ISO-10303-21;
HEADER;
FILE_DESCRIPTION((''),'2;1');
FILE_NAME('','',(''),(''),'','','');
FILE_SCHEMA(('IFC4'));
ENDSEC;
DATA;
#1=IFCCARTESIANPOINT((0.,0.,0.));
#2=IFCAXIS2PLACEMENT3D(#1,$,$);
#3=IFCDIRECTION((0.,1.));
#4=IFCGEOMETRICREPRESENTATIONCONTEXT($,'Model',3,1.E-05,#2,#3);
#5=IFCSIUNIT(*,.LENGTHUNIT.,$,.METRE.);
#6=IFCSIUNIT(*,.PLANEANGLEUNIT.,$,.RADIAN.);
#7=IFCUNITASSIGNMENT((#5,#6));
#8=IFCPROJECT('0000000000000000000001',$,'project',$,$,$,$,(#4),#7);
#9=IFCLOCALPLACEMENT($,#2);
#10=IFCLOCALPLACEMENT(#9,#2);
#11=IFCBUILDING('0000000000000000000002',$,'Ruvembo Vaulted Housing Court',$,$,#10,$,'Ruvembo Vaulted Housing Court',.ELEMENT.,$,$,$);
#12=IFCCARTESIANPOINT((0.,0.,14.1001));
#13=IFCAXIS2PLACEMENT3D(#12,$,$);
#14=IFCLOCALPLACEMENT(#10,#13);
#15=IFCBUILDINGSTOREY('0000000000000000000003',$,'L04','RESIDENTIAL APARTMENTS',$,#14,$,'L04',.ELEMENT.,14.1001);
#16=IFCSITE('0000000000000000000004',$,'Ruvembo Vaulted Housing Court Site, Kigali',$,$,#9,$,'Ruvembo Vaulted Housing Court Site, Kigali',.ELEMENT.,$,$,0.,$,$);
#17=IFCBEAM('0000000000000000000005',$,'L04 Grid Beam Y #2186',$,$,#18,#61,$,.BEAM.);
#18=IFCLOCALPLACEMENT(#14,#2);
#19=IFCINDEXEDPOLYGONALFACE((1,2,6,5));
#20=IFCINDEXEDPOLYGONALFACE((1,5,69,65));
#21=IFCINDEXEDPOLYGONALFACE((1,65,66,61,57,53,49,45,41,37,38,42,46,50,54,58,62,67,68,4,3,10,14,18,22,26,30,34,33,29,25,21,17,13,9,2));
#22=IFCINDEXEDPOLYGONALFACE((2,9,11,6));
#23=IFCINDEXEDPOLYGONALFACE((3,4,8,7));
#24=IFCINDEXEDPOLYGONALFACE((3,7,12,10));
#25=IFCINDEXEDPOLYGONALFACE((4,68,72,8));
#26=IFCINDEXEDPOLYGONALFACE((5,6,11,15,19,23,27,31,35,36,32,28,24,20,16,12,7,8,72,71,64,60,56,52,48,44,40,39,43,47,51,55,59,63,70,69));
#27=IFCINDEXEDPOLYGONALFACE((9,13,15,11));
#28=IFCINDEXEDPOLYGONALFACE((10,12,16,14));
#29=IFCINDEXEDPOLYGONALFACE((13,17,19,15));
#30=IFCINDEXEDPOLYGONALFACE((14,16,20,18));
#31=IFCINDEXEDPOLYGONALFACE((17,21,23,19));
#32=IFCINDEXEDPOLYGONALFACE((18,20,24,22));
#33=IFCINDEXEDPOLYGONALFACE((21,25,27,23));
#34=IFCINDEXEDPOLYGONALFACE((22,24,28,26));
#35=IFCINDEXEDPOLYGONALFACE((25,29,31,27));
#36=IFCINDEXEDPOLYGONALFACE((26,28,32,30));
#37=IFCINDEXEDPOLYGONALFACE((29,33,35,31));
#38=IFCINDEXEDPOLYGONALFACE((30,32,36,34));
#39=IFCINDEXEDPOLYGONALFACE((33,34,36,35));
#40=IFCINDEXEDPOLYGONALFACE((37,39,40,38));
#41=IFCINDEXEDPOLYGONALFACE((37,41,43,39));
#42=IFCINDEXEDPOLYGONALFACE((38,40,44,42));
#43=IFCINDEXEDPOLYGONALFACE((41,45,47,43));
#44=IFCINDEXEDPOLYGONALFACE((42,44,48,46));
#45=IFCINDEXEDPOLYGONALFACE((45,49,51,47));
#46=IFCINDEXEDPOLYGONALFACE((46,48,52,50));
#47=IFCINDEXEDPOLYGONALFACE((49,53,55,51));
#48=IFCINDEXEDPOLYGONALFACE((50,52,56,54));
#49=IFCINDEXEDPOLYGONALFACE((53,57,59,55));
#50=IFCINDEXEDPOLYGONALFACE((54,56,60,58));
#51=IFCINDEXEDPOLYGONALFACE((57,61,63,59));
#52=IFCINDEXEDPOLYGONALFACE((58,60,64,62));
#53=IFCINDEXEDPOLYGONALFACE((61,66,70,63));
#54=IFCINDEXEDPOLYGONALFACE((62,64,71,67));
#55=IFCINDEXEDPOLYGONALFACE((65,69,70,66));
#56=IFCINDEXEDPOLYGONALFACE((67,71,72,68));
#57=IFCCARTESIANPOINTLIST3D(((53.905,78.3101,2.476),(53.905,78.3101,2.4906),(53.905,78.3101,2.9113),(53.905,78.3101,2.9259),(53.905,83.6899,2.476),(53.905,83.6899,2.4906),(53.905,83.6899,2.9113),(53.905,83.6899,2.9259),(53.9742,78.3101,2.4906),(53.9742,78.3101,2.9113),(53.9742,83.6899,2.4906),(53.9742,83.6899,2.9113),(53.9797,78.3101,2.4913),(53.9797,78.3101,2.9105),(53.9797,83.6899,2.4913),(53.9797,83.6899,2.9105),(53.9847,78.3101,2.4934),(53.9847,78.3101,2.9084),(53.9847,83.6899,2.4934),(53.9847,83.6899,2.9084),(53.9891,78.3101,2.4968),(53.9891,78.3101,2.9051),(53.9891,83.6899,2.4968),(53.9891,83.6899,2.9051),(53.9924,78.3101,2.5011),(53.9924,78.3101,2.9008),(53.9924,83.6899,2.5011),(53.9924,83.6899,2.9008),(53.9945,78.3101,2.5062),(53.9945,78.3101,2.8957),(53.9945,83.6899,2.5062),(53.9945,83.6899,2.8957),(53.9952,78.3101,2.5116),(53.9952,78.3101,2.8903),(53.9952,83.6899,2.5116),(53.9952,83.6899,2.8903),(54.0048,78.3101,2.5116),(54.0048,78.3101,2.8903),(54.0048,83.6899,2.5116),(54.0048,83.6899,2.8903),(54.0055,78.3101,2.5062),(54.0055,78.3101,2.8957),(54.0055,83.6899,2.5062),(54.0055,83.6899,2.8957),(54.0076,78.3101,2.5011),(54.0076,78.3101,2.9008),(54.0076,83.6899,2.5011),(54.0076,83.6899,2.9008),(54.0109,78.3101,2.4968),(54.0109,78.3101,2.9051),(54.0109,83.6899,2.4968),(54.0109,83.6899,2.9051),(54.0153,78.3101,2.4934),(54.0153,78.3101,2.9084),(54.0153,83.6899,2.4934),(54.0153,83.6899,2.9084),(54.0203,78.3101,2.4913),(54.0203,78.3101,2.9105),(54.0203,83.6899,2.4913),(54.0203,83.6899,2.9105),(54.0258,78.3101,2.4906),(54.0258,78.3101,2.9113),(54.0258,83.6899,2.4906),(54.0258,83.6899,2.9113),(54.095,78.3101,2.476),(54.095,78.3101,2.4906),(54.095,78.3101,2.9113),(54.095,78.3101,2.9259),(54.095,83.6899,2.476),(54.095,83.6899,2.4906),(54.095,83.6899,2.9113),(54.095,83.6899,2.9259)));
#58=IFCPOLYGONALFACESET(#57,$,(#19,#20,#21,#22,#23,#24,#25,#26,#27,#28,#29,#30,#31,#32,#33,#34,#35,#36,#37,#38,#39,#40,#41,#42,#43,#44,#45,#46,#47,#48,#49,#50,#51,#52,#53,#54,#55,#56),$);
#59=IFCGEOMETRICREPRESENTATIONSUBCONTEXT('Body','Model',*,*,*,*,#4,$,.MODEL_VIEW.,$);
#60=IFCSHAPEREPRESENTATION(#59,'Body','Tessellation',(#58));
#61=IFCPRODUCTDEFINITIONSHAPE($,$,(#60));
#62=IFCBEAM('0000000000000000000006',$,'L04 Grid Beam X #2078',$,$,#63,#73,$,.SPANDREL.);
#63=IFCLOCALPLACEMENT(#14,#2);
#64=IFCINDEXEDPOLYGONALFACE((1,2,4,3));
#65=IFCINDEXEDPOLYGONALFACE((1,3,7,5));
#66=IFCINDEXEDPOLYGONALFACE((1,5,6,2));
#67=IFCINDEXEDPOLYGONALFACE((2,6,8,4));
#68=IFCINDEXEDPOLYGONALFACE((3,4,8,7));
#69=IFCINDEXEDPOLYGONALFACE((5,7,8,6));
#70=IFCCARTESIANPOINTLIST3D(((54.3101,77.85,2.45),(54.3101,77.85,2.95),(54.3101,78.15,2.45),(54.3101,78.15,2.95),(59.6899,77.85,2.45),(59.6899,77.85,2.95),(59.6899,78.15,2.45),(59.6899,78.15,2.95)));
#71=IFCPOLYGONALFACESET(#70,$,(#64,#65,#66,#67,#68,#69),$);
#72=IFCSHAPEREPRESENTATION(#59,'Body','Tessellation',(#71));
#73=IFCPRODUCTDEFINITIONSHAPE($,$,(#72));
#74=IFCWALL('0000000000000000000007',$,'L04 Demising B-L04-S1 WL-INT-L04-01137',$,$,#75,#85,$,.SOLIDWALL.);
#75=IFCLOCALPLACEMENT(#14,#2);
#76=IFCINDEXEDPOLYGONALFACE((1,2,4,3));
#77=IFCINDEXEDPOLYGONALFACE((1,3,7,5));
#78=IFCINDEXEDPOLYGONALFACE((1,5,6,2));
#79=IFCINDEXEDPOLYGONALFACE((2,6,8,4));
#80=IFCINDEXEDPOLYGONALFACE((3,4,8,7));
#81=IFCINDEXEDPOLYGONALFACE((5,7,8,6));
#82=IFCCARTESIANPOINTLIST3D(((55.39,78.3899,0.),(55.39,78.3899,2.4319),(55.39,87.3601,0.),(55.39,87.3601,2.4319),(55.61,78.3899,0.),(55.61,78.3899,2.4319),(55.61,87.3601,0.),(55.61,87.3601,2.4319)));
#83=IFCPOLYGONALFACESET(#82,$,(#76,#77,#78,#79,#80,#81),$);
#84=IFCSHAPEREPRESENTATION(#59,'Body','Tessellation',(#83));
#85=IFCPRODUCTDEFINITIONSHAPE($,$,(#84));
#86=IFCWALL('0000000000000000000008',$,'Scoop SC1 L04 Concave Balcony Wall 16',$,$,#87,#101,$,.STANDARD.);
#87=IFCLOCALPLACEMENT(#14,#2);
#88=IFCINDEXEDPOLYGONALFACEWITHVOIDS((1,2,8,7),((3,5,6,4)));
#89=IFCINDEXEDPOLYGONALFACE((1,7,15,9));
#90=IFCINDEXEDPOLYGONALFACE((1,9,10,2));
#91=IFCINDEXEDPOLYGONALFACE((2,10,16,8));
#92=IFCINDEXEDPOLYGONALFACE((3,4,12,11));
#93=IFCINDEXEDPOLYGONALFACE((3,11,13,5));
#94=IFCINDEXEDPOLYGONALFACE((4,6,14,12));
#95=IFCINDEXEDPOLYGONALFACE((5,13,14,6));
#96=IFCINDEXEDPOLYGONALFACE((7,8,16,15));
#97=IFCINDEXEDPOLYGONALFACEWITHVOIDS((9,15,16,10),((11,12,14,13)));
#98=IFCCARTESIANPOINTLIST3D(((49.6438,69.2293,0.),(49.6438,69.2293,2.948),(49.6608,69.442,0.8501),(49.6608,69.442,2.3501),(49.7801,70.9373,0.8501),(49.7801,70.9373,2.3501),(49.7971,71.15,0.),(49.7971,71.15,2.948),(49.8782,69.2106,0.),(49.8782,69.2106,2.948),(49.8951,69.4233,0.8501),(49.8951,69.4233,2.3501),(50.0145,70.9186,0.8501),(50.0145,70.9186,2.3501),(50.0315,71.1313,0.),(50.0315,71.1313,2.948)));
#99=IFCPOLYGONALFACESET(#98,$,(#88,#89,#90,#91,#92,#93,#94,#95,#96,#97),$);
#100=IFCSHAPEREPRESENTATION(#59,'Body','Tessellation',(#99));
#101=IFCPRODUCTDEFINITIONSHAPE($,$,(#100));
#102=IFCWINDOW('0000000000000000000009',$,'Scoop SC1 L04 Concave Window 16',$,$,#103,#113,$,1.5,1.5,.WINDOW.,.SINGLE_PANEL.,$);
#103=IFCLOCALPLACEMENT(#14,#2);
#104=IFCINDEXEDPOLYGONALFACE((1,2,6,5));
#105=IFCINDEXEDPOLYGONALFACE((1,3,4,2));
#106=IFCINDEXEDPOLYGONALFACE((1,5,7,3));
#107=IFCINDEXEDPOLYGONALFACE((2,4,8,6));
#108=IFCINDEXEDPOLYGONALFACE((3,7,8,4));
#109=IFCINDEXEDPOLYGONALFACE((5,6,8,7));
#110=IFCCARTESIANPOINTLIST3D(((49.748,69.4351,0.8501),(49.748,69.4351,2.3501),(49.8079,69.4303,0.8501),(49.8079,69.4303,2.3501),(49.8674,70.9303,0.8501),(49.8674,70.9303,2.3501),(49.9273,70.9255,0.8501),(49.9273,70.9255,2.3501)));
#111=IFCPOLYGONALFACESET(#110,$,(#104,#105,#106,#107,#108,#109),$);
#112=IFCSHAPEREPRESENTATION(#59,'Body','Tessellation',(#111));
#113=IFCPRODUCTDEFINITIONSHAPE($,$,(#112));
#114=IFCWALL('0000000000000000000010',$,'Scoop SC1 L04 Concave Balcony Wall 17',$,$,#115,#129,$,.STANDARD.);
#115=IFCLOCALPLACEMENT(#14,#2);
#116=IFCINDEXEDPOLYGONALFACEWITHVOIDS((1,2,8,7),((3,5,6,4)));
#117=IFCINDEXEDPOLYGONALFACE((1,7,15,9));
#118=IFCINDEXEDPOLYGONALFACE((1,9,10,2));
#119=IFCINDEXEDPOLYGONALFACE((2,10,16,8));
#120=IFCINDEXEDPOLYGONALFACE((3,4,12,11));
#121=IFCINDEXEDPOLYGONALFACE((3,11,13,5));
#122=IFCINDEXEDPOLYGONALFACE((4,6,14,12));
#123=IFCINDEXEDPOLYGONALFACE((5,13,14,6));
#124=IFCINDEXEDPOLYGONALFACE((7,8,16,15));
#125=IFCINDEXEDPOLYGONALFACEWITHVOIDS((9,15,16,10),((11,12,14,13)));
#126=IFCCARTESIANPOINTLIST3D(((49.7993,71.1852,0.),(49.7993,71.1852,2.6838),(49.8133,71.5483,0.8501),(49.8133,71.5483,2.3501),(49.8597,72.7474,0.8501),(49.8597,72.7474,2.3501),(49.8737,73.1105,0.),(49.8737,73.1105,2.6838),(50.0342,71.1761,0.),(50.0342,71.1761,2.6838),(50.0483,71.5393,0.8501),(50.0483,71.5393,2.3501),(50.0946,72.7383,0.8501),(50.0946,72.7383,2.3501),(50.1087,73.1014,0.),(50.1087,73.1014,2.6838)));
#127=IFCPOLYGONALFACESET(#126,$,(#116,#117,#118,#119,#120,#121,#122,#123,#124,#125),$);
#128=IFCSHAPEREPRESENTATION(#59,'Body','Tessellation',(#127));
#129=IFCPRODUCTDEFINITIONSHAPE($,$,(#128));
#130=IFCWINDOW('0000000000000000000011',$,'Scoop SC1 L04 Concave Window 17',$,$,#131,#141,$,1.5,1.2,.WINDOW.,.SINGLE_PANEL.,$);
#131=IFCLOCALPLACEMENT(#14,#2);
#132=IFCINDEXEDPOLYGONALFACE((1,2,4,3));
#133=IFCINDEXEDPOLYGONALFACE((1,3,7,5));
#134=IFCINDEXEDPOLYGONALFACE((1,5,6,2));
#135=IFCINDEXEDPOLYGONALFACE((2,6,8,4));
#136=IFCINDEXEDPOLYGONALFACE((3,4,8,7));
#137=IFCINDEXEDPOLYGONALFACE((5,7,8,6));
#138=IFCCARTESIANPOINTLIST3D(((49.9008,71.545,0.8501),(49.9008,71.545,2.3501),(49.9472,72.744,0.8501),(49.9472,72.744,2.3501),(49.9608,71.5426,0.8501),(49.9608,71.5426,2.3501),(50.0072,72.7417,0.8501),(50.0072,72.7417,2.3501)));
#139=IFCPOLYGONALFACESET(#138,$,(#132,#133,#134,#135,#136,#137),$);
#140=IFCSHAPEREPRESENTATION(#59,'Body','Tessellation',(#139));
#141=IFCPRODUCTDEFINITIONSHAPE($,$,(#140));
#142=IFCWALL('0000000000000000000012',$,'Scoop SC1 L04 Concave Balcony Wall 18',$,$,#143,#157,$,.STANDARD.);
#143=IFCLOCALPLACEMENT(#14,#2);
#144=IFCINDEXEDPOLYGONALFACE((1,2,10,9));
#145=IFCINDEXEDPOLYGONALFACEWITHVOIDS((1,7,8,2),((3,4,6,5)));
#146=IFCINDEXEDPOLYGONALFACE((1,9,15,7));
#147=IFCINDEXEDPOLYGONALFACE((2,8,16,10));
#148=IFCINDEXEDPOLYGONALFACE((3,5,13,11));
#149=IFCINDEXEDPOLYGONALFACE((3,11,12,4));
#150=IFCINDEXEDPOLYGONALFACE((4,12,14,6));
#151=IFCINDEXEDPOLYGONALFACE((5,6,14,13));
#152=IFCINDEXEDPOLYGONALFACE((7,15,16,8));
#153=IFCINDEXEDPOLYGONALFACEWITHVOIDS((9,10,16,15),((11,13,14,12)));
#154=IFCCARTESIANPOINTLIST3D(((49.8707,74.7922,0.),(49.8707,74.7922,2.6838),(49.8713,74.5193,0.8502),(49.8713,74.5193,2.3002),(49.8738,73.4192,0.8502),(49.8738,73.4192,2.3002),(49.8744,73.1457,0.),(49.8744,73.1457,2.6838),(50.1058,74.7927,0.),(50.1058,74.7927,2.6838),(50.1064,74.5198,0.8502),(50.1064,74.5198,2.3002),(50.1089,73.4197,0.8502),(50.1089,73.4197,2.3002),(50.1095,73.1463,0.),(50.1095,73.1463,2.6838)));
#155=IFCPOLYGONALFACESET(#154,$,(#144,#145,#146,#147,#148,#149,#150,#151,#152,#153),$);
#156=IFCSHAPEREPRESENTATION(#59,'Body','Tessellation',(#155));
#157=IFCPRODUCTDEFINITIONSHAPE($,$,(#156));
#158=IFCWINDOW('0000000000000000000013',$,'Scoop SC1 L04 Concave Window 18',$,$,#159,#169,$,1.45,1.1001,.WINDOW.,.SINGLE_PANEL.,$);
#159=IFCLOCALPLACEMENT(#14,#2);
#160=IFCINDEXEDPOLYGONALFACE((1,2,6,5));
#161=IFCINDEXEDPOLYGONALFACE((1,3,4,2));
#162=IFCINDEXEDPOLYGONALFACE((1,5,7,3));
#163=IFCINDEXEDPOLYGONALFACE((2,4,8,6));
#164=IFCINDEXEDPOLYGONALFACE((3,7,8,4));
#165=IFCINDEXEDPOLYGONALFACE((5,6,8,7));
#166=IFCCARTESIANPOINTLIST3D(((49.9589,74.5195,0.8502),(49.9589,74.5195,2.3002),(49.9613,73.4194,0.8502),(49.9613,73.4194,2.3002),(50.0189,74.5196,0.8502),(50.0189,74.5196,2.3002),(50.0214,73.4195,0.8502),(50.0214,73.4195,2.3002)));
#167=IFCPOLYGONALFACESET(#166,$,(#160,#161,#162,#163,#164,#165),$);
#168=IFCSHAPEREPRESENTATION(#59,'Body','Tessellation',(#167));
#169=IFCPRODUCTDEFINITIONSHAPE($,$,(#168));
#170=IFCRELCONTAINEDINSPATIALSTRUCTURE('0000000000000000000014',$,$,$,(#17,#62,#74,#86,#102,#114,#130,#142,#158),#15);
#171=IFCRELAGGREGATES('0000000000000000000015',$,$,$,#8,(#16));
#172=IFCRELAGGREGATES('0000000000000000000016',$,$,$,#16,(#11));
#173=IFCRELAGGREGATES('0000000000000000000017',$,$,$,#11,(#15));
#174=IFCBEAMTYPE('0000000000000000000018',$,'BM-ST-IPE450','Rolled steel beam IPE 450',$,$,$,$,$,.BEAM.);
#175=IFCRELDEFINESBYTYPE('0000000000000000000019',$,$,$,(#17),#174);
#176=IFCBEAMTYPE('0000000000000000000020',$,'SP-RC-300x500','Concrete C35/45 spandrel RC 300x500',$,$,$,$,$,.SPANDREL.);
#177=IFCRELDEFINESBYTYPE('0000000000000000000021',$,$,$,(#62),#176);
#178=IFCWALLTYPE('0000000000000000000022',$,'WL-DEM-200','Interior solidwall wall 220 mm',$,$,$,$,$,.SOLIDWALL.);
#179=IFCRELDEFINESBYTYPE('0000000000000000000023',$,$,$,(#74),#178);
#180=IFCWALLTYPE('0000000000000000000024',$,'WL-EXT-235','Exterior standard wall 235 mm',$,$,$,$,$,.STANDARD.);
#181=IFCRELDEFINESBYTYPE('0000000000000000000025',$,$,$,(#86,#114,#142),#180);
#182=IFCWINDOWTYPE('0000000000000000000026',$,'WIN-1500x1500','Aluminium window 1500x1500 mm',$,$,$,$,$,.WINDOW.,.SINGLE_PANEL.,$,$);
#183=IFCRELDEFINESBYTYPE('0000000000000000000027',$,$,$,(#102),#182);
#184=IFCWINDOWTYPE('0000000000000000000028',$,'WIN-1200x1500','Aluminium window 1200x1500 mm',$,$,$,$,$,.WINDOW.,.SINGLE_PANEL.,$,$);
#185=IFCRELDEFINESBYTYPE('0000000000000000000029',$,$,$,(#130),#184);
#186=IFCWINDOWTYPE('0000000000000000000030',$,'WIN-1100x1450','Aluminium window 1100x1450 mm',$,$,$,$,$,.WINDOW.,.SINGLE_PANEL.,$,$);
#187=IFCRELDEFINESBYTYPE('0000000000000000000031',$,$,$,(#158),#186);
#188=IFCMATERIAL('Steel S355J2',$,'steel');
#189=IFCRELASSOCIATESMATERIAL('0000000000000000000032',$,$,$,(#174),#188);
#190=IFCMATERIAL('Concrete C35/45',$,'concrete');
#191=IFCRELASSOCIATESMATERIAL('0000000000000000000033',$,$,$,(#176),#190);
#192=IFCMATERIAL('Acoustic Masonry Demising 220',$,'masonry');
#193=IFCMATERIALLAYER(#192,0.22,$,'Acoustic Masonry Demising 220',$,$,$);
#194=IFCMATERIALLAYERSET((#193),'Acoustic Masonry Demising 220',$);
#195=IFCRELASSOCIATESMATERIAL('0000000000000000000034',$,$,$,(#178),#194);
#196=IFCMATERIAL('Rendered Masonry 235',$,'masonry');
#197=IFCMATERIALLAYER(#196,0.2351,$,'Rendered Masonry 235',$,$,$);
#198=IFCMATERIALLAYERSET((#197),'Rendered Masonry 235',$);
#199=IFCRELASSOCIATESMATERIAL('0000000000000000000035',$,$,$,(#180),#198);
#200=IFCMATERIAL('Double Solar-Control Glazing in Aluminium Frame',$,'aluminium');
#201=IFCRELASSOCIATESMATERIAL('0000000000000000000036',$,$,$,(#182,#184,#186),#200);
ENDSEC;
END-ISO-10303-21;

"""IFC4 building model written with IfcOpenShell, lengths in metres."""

from ifc_helpers import new_model, si_unit, direction, frame, frame_2d, origin, origin_2d, place, context, subcontext, project, spatial, rectangle, i_section, extrude, material, layer, layer_set, material_profile, profile_set, type_object, element, fill, save


model = new_model("IFC4")

# Units and contexts
model_context = context("Model", 3, precision=1e-05, world=origin(), true_north=direction((0.0, 1.0)))
body_context = subcontext(model_context, "Body", "Model", "MODEL_VIEW")
ifc_project = project(units=[si_unit("LENGTHUNIT", "METRE"), si_unit("PLANEANGLEUNIT", "RADIAN")], contexts=[model_context])

# Site, building, storey
site_placement = place(None, origin())
site = spatial("IfcSite", under=ifc_project, at=site_placement, Name="Ruvembo Vaulted Housing Court Site, Kigali", LongName="Ruvembo Vaulted Housing Court Site, Kigali", CompositionType="ELEMENT", RefElevation=0.0)
building_placement = place(site_placement, origin())
building = spatial("IfcBuilding", under=site, at=building_placement, Name="Ruvembo Vaulted Housing Court", LongName="Ruvembo Vaulted Housing Court", CompositionType="ELEMENT")
storey_placement = place(building_placement, frame((0.0, 0.0, 14.1001)))
storey = spatial("IfcBuildingStorey", under=building, at=storey_placement, Name="L04", Description="RESIDENTIAL APARTMENTS", LongName="L04", CompositionType="ELEMENT", Elevation=14.1001)

# Shared definitions
ifc_material_1 = material(Name="Concrete C35/45", Category="concrete")

# Beams
ifc_material_2 = material(Name="Steel S355J2", Category="steel")
ifc_material_profile_1 = material_profile(ifc_material_2, i_section(OverallWidth=0.1899, OverallDepth=0.45, WebThickness=0.0095, FlangeThickness=0.0146, FilletRadius=0.021, at=origin_2d()), Name="IPE 450")
ifc_profile_set_1 = profile_set([ifc_material_profile_1], Name="Steel S355J2")
beam_type_1 = type_object("IfcBeamType", Name="BM-ST-IPE450", Description="Rolled steel beam IPE 450", PredefinedType="BEAM", material=ifc_profile_set_1)
beam_1_placement = place(storey_placement, frame((54.0, 78.3101, 2.7009), z_axis=(0.0, 1.0, 0.0), x_axis=(-1.0, 0.0, 0.0)))
element("IfcBeam", 1, at=beam_1_placement, inside=storey, type_object=beam_type_1, Name="L04 Grid Beam Y #2186", PredefinedType="BEAM", context=body_context, shape_type="SweptSolid", body=[
    extrude(i_section(OverallWidth=0.1899, OverallDepth=0.45, WebThickness=0.0095, FlangeThickness=0.0146, FilletRadius=0.021, at=origin_2d()), origin(), (0.0, 0.0, 1.0), 5.3799),
])
ifc_material_profile_2 = material_profile(ifc_material_1, rectangle(XDim=0.3, YDim=0.5, at=origin_2d()), Name="RC 300x500")
ifc_profile_set_2 = profile_set([ifc_material_profile_2], Name="Concrete C35/45")
beam_type_2 = type_object("IfcBeamType", Name="SP-RC-300x500", Description="Concrete C35/45 spandrel RC 300x500", PredefinedType="SPANDREL", material=ifc_profile_set_2)
beam_2_placement = place(storey_placement, frame((54.3101, 78.0, 2.7), z_axis=(1.0, 0.0, 0.0), x_axis=(0.0, 1.0, 0.0)))
element("IfcBeam", 2, at=beam_2_placement, inside=storey, type_object=beam_type_2, Name="L04 Grid Beam X #2078", PredefinedType="SPANDREL", context=body_context, shape_type="SweptSolid", body=[
    extrude(rectangle(XDim=0.3, YDim=0.5, at=origin_2d()), origin(), (0.0, 0.0, 1.0), 5.3799),
])

# Wall
ifc_material_3 = material(Name="Acoustic Masonry Demising 220", Category="masonry")
ifc_layer_1 = layer(ifc_material_3, 0.22, Name="Acoustic Masonry Demising 220")
ifc_layer_set_1 = layer_set([ifc_layer_1], Name="Acoustic Masonry Demising 220")
wall_type_1 = type_object("IfcWallType", Name="WL-DEM-200", Description="Interior solidwall wall 220 mm", PredefinedType="SOLIDWALL", material=ifc_layer_set_1)
wall_1_placement = place(storey_placement, frame((55.5, 78.3899, 0.0), z_axis=(0.0, 0.0, 1.0), x_axis=(0.0, 1.0, 0.0)))
element("IfcWall", 3, at=wall_1_placement, inside=storey, type_object=wall_type_1, Name="L04 Demising B-L04-S1 WL-INT-L04-01137", PredefinedType="SOLIDWALL", context=body_context, shape_type="SweptSolid", body=[
    extrude(rectangle(XDim=8.9702, YDim=0.22, at=frame_2d((4.4851, 0.0))), origin(), (0.0, 0.0, 1.0), 2.4319),
])

# Shared definitions
ifc_material_4 = material(Name="Rendered Masonry 235", Category="masonry")
ifc_layer_2 = layer(ifc_material_4, 0.2351, Name="Rendered Masonry 235")
ifc_layer_set_2 = layer_set([ifc_layer_2], Name="Rendered Masonry 235")
wall_type_2 = type_object("IfcWallType", Name="WL-EXT-235", Description="Exterior standard wall 235 mm", PredefinedType="STANDARD", material=ifc_layer_set_2)

# Walls, openings, windows
wall_2_placement = place(storey_placement, frame((49.761, 69.22, 0.0), z_axis=(0.0, 0.0, 1.0), x_axis=(0.079574, 0.996829, 0.0)))
wall_2 = element("IfcWall", 4, at=wall_2_placement, inside=storey, type_object=wall_type_2, Name="Scoop SC1 L04 Concave Balcony Wall 16", PredefinedType="STANDARD", context=body_context, shape_type="SweptSolid", body=[
    extrude(rectangle(XDim=1.9268, YDim=0.2351, at=frame_2d((0.9634, 0.0))), origin(), (0.0, 0.0, 1.0), 2.948),
])
opening_1_placement = place(wall_2_placement, frame((0.2134, 0.0, 0.8501)))
opening_1 = element("IfcOpeningElement", 5, at=opening_1_placement, cuts=wall_2, PredefinedType="OPENING", context=body_context, shape_type="SweptSolid", body=[
    extrude(rectangle(XDim=1.5, YDim=1.5, at=frame_2d((0.75, 0.75))), frame((0.0, 0.1274, 0.0), z_axis=(0.0, -1.0, 0.0), x_axis=(1.0, 0.0, 0.0)), (0.0, 0.0, 1.0), 0.2551),
])
ifc_material_5 = material(Name="Double Solar-Control Glazing in Aluminium Frame", Category="aluminium")
window_type_1 = type_object("IfcWindowType", Name="WIN-1500x1500", Description="Aluminium window 1500x1500 mm", PartitioningType="SINGLE_PANEL", PredefinedType="WINDOW", material=ifc_material_5)
window_1_placement = place(opening_1_placement, origin())
window_1 = element("IfcWindow", 6, at=window_1_placement, inside=storey, type_object=window_type_1, Name="Scoop SC1 L04 Concave Window 16", OverallHeight=1.5, OverallWidth=1.5, PartitioningType="SINGLE_PANEL", PredefinedType="WINDOW", context=body_context, shape_type="SweptSolid", body=[
    extrude(rectangle(XDim=1.5, YDim=1.5, at=frame_2d((0.75, 0.75))), frame((0.0, 0.03, 0.0), z_axis=(0.0, -1.0, 0.0), x_axis=(1.0, 0.0, 0.0)), (0.0, 0.0, 1.0), 0.0601),
])
fill(opening_1, window_1)
wall_3_placement = place(storey_placement, frame((49.9167, 71.1807, 0.0), z_axis=(0.0, 0.0, 1.0), x_axis=(0.038647, 0.999253, 0.0)))
wall_3 = element("IfcWall", 7, at=wall_3_placement, inside=storey, type_object=wall_type_2, Name="Scoop SC1 L04 Concave Balcony Wall 17", PredefinedType="STANDARD", context=body_context, shape_type="SweptSolid", body=[
    extrude(rectangle(XDim=1.9268, YDim=0.2351, at=frame_2d((0.9634, 0.0))), origin(), (0.0, 0.0, 1.0), 2.6838),
])
opening_2_placement = place(wall_3_placement, frame((0.3633, 0.0, 0.8501)))
opening_2 = element("IfcOpeningElement", 8, at=opening_2_placement, cuts=wall_3, PredefinedType="OPENING", context=body_context, shape_type="SweptSolid", body=[
    extrude(rectangle(XDim=1.2, YDim=1.5, at=frame_2d((0.6001, 0.75))), frame((0.0, 0.1274, 0.0), z_axis=(0.0, -1.0, 0.0), x_axis=(1.0, 0.0, 0.0)), (0.0, 0.0, 1.0), 0.2551),
])
window_type_2 = type_object("IfcWindowType", Name="WIN-1200x1500", Description="Aluminium window 1200x1500 mm", PartitioningType="SINGLE_PANEL", PredefinedType="WINDOW", material=ifc_material_5)
window_2_placement = place(opening_2_placement, origin())
window_2 = element("IfcWindow", 9, at=window_2_placement, inside=storey, type_object=window_type_2, Name="Scoop SC1 L04 Concave Window 17", OverallHeight=1.5, OverallWidth=1.2, PartitioningType="SINGLE_PANEL", PredefinedType="WINDOW", context=body_context, shape_type="SweptSolid", body=[
    extrude(rectangle(XDim=1.2, YDim=1.5, at=frame_2d((0.6001, 0.75))), frame((0.0, 0.03, 0.0), z_axis=(0.0, -1.0, 0.0), x_axis=(1.0, 0.0, 0.0)), (0.0, 0.0, 1.0), 0.0601),
])
fill(opening_2, window_2)
wall_4_placement = place(storey_placement, frame((49.9919, 73.146, 0.0), z_axis=(0.0, 0.0, 1.0), x_axis=(-0.002224, 0.999998, 0.0)))
wall_4 = element("IfcWall", 10, at=wall_4_placement, inside=storey, type_object=wall_type_2, Name="Scoop SC1 L04 Concave Balcony Wall 18", PredefinedType="STANDARD", context=body_context, shape_type="SweptSolid", body=[
    extrude(rectangle(XDim=1.6465, YDim=0.2351, at=frame_2d((0.8232, 0.0))), origin(), (0.0, 0.0, 1.0), 2.6838),
])
opening_3_placement = place(wall_4_placement, frame((0.2734, 0.0, 0.8501)))
opening_3 = element("IfcOpeningElement", 11, at=opening_3_placement, cuts=wall_4, PredefinedType="OPENING", context=body_context, shape_type="SweptSolid", body=[
    extrude(rectangle(XDim=1.1001, YDim=1.45, at=frame_2d((0.55, 0.7251))), frame((0.0, 0.1274, 0.0), z_axis=(0.0, -1.0, 0.0), x_axis=(1.0, 0.0, 0.0)), (0.0, 0.0, 1.0), 0.2551),
])
window_type_3 = type_object("IfcWindowType", Name="WIN-1100x1450", Description="Aluminium window 1100x1450 mm", PartitioningType="SINGLE_PANEL", PredefinedType="WINDOW", material=ifc_material_5)
window_3_placement = place(opening_3_placement, origin())
window_3 = element("IfcWindow", 12, at=window_3_placement, inside=storey, type_object=window_type_3, Name="Scoop SC1 L04 Concave Window 18", OverallHeight=1.45, OverallWidth=1.1001, PartitioningType="SINGLE_PANEL", PredefinedType="WINDOW", context=body_context, shape_type="SweptSolid", body=[
    extrude(rectangle(XDim=1.1001, YDim=1.45, at=frame_2d((0.55, 0.7251))), frame((0.0, 0.03, 0.0), z_axis=(0.0, -1.0, 0.0), x_axis=(1.0, 0.0, 0.0)), (0.0, 0.0, 1.0), 0.0601),
])
fill(opening_3, window_3)

save(model, "model.ifc")
